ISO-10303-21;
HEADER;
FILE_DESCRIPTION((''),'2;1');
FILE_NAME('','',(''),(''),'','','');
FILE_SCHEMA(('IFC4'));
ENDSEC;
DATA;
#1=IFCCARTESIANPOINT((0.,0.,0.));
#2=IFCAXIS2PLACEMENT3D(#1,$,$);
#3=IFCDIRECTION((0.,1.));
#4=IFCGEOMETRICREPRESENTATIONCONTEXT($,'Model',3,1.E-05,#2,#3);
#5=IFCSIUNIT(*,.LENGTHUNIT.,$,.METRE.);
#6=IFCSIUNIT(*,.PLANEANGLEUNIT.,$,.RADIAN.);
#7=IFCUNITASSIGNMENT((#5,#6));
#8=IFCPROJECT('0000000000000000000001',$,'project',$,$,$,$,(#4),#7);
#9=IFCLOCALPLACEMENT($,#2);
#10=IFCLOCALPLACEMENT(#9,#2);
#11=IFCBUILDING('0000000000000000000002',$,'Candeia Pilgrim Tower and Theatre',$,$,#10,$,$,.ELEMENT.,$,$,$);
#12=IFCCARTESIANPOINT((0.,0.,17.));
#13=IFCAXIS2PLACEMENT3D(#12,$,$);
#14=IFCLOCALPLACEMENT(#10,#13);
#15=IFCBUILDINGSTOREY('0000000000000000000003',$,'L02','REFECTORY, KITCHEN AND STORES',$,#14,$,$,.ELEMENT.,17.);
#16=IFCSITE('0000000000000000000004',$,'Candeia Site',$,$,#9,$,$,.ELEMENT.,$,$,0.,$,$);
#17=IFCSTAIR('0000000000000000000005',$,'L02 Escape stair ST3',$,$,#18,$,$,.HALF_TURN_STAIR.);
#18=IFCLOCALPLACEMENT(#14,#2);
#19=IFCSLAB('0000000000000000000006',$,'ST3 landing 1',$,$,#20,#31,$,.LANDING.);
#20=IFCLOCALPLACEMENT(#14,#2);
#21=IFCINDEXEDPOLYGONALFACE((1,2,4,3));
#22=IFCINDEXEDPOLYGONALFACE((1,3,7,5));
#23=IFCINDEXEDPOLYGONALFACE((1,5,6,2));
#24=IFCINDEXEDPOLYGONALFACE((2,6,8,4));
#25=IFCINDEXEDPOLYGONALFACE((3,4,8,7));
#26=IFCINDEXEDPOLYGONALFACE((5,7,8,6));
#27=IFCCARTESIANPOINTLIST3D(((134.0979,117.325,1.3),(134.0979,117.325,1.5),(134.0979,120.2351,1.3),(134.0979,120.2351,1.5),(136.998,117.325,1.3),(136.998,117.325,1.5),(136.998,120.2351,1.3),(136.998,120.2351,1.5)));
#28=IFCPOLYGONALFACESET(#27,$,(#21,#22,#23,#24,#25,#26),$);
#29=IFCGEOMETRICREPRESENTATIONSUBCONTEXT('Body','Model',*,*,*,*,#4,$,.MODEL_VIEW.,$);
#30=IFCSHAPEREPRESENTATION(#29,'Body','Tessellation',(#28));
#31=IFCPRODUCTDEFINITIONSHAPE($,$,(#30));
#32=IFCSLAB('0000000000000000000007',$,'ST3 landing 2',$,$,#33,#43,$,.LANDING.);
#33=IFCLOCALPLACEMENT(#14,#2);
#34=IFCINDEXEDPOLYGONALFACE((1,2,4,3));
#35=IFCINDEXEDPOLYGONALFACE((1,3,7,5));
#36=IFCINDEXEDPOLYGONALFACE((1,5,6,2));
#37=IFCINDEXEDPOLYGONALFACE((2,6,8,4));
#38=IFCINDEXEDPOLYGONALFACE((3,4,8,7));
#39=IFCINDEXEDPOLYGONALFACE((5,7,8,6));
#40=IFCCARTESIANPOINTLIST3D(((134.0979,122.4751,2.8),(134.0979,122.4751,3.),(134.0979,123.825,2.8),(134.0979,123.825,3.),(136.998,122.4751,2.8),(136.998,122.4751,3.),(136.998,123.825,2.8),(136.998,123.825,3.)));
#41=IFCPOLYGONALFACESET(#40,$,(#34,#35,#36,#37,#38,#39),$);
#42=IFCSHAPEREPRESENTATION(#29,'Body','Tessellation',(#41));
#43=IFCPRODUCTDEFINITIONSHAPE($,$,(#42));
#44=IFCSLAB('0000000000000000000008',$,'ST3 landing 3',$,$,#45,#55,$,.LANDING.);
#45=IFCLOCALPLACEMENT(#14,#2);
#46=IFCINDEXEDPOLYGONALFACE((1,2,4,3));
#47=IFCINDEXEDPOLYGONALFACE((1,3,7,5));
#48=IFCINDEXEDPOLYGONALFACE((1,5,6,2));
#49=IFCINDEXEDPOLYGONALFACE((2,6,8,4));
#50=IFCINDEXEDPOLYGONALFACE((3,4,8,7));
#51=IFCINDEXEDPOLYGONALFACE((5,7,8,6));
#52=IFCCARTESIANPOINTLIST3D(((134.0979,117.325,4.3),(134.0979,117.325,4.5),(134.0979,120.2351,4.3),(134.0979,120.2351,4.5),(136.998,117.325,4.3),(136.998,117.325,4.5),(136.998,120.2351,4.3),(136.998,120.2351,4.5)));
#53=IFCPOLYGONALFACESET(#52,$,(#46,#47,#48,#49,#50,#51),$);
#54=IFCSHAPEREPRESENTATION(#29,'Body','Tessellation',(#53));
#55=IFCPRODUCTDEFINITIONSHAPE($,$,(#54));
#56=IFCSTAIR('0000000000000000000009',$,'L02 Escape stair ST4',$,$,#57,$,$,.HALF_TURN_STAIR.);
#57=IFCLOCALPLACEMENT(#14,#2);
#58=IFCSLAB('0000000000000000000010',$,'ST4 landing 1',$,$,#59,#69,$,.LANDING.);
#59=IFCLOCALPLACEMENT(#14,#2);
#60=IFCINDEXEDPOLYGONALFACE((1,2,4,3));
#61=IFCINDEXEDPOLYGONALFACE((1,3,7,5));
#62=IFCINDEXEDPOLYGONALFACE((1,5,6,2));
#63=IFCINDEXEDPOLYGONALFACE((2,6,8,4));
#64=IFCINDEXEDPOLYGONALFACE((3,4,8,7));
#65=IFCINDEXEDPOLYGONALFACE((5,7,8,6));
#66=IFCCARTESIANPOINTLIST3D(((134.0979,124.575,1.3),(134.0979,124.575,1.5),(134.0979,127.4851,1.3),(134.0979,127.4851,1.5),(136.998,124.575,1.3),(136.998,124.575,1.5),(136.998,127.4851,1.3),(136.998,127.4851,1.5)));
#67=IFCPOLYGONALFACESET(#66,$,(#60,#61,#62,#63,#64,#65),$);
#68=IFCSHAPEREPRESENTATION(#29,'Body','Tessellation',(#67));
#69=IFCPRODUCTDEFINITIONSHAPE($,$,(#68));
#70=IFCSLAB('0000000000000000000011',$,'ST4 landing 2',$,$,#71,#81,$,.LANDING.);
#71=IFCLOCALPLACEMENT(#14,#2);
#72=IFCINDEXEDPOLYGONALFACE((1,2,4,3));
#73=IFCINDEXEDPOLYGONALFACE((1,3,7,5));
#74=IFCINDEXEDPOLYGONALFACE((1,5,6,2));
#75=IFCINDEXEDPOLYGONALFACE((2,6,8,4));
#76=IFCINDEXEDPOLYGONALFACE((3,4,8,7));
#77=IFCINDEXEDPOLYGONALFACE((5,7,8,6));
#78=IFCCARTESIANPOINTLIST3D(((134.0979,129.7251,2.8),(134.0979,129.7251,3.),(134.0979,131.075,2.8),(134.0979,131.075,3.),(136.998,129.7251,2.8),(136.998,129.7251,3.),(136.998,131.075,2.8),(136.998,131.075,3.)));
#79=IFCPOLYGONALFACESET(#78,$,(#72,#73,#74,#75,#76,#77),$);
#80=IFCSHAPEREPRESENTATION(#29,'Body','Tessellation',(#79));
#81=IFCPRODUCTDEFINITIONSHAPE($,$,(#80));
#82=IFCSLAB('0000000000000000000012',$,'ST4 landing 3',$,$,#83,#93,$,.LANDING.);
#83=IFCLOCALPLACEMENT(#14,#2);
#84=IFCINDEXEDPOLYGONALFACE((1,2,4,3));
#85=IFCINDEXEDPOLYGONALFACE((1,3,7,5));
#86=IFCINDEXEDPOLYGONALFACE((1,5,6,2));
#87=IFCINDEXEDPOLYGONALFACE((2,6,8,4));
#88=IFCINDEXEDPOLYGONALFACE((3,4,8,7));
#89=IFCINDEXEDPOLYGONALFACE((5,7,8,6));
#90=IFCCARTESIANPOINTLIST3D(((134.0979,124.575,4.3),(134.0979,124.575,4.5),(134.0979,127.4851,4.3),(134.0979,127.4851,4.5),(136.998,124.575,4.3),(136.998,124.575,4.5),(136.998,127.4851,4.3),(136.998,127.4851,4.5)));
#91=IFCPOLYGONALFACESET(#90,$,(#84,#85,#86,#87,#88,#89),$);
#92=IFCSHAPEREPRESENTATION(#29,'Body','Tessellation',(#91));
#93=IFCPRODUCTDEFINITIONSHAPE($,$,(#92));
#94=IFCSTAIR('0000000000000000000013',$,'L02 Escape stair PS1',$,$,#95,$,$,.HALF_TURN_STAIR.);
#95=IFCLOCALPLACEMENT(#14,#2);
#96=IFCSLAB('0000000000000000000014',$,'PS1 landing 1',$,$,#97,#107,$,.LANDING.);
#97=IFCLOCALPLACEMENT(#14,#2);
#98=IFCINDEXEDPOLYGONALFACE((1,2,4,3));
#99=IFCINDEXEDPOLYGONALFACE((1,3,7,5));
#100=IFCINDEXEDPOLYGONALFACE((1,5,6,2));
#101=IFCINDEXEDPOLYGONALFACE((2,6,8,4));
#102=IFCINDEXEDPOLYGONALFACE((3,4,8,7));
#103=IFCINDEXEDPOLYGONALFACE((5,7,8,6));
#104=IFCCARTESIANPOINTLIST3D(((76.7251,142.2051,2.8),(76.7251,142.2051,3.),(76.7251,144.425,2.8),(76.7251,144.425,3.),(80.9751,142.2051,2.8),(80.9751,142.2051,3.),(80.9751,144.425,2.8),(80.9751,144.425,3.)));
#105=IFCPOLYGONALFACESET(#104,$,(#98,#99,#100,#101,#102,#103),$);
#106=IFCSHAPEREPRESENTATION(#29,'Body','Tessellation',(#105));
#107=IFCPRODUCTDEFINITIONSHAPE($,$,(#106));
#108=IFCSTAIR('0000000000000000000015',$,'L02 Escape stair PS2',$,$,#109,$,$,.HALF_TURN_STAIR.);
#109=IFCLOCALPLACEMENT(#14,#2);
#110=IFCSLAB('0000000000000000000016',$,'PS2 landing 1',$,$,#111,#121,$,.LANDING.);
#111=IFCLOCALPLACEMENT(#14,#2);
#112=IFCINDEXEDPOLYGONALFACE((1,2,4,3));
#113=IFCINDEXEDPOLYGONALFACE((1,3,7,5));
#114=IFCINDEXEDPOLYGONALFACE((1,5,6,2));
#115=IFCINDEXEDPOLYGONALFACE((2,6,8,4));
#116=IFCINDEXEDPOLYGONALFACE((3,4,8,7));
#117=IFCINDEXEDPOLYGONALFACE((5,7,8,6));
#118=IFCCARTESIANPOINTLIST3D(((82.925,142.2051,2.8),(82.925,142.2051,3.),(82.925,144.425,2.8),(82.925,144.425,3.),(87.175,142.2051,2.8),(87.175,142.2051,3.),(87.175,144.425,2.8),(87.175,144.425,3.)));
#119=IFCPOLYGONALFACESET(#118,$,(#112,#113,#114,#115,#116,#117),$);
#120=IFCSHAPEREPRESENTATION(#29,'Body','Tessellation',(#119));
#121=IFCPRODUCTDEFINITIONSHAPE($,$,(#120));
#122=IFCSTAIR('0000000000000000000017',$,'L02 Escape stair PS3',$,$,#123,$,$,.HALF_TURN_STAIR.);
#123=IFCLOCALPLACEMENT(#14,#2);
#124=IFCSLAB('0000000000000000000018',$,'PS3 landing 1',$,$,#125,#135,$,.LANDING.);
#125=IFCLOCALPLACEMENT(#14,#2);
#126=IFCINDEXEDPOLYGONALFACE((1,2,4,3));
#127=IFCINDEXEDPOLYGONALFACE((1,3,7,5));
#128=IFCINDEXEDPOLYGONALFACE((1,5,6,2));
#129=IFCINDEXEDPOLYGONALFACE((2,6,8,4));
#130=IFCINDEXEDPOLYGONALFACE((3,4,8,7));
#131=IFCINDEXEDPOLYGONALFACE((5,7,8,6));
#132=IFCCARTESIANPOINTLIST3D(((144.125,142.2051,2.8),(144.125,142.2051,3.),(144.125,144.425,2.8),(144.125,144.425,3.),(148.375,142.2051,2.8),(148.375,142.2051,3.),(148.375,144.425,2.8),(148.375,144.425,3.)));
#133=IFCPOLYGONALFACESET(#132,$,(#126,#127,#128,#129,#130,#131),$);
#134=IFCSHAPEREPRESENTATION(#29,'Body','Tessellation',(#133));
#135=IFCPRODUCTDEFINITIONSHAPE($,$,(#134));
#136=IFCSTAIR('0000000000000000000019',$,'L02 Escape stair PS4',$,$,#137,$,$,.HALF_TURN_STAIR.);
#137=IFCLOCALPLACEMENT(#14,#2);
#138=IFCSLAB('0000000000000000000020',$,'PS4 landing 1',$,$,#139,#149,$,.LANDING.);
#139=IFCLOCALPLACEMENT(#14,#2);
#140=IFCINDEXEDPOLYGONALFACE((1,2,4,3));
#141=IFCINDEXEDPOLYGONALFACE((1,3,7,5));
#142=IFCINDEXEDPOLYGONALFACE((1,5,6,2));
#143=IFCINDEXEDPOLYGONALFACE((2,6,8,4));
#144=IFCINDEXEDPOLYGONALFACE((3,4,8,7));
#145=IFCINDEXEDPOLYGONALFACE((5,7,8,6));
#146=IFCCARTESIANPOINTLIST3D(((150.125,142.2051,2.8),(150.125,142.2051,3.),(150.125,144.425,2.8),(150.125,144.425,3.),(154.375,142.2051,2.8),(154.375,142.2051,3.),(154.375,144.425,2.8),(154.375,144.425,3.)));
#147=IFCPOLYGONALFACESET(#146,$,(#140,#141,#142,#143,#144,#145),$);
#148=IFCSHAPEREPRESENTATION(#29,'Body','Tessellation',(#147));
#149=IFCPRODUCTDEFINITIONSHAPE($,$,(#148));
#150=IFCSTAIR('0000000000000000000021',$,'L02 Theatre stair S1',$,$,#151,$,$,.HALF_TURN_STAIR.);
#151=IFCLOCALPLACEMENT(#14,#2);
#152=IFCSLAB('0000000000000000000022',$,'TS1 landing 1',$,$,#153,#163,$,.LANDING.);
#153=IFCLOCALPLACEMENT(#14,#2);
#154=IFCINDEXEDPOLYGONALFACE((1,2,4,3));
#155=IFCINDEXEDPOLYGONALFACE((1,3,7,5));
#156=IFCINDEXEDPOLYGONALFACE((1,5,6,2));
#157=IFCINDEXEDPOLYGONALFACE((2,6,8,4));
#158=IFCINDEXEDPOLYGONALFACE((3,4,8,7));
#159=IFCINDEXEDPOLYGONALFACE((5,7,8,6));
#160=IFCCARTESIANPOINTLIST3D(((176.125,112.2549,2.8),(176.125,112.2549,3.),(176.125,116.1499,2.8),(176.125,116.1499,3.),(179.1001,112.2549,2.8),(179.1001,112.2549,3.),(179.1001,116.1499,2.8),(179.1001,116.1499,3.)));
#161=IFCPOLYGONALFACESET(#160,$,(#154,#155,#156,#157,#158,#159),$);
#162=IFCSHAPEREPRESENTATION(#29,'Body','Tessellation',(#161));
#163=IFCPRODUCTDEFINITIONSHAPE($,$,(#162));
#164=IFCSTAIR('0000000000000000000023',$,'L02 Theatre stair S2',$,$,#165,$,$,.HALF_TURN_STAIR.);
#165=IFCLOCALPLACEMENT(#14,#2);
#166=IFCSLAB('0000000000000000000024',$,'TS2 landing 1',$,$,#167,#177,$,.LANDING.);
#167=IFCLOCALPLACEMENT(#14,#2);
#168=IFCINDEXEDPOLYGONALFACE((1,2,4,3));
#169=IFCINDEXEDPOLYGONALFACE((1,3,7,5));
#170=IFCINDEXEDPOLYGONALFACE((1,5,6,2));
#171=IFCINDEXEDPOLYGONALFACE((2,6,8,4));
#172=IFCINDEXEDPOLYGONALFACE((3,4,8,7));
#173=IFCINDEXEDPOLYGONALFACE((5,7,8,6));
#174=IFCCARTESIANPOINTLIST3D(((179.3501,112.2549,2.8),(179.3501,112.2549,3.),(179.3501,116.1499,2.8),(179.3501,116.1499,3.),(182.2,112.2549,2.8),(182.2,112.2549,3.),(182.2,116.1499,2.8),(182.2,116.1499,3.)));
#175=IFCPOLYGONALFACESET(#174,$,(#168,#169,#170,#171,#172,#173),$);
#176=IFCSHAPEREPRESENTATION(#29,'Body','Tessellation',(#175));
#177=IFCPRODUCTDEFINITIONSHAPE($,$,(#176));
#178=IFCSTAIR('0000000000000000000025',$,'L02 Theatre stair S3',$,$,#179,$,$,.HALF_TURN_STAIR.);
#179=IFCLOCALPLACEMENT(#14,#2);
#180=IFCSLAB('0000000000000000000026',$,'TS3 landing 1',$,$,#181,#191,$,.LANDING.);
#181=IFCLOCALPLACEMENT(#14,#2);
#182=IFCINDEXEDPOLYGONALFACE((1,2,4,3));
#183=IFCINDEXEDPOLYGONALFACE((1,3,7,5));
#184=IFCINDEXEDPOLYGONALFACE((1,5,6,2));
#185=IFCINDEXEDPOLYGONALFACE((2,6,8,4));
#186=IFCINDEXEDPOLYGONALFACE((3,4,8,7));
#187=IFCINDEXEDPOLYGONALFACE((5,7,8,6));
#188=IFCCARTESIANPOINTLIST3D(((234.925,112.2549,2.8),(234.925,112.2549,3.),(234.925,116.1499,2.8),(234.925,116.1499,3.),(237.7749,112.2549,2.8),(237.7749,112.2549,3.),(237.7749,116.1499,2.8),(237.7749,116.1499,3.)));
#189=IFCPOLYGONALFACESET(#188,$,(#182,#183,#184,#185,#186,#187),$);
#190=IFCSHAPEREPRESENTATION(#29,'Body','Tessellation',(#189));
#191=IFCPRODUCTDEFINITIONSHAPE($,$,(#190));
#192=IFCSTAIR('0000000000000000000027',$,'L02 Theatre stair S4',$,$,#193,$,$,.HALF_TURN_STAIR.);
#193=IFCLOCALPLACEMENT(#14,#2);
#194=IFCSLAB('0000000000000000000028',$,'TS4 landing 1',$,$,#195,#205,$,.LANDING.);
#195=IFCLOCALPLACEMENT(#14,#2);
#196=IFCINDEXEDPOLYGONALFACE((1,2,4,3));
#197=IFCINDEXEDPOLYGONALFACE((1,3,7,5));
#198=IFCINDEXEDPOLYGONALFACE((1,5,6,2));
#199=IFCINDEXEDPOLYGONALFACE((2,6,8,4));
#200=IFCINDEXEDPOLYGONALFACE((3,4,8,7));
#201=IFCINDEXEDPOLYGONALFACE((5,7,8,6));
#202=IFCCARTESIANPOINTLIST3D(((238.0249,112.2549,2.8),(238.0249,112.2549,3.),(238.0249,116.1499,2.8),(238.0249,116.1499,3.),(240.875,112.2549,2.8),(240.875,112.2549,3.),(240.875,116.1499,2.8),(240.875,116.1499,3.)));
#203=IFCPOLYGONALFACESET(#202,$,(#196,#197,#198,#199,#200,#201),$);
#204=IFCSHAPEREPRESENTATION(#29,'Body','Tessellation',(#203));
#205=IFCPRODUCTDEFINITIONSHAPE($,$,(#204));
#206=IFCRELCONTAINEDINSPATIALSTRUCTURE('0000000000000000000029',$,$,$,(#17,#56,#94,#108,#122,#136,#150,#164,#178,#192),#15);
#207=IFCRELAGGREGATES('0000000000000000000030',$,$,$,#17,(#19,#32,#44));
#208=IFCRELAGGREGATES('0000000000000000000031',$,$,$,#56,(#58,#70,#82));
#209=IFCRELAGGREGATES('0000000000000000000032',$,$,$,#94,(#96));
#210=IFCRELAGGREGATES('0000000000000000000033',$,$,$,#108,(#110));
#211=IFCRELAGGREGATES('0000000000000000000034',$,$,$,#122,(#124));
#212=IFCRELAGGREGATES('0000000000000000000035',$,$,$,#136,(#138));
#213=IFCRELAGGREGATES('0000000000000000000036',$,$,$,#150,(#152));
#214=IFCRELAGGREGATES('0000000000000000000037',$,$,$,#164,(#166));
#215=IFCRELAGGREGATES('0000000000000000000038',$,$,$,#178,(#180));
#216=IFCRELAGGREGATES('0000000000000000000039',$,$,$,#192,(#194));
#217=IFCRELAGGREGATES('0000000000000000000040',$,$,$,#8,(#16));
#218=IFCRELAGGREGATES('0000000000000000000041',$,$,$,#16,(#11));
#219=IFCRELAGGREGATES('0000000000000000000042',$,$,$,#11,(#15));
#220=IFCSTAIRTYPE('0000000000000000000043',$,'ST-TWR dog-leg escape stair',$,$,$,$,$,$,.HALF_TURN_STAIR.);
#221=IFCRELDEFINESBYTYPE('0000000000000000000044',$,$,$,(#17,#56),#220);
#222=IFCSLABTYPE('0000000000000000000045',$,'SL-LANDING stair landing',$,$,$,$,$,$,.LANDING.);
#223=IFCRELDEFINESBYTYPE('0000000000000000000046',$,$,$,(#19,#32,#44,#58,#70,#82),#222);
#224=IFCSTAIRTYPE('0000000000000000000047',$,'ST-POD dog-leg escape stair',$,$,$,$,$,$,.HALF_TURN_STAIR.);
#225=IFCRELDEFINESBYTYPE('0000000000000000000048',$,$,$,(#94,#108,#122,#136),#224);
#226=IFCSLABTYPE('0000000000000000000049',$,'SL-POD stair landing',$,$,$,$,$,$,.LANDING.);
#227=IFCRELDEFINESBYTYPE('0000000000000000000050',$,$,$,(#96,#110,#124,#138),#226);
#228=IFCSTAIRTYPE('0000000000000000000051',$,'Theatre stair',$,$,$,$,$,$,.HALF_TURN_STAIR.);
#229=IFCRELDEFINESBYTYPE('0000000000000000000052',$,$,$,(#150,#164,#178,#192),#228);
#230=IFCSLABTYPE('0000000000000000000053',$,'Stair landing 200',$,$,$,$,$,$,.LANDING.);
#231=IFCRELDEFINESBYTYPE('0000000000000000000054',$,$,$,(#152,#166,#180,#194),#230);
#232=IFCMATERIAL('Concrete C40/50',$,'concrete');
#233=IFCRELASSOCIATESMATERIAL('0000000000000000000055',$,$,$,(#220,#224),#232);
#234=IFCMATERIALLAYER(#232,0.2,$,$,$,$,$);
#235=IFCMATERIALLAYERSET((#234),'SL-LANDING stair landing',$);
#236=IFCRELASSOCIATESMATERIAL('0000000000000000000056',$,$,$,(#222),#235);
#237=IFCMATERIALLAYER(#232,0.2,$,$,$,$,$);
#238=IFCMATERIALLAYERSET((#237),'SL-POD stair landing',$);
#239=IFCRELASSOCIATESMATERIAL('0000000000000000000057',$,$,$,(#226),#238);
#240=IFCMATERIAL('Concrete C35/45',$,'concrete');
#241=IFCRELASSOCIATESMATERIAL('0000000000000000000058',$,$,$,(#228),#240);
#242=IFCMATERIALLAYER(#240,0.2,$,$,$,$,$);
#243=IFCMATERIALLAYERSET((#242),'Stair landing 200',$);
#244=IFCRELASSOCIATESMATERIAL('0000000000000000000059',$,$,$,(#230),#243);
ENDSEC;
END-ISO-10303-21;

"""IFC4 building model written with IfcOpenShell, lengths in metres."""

from ifc_helpers import new_model, si_unit, direction, frame, origin, place, context, subcontext, project, spatial, polyline, outline, extrude, material, layer, layer_set, type_object, element, aggregate, save


model = new_model("IFC4")

# Units and contexts
model_context = context("Model", 3, precision=1e-05, world=origin(), true_north=direction((0.0, 1.0)))
body_context = subcontext(model_context, "Body", "Model", "MODEL_VIEW")
ifc_project = project(units=[si_unit("LENGTHUNIT", "METRE"), si_unit("PLANEANGLEUNIT", "RADIAN")], contexts=[model_context])

# Site, building, storey
site_placement = place(None, origin())
site = spatial("IfcSite", under=ifc_project, at=site_placement, Name="Candeia Site", CompositionType="ELEMENT", RefElevation=0.0)
building_placement = place(site_placement, origin())
building = spatial("IfcBuilding", under=site, at=building_placement, Name="Candeia Pilgrim Tower and Theatre", CompositionType="ELEMENT")
storey_placement = place(building_placement, frame((0.0, 0.0, 17.0)))
storey = spatial("IfcBuildingStorey", under=building, at=storey_placement, Name="L02", Description="REFECTORY, KITCHEN AND STORES", CompositionType="ELEMENT", Elevation=17.0)

# Shared definitions
ifc_material_1 = material(Name="Concrete C35/45", Category="concrete")
ifc_material_2 = material(Name="Concrete C40/50", Category="concrete")

# Stairs, slabs
stair_type_1 = type_object("IfcStairType", Name="ST-TWR dog-leg escape stair", PredefinedType="HALF_TURN_STAIR", material=ifc_material_2)
ifc_layer_1 = layer(ifc_material_2, 0.2)
ifc_layer_set_1 = layer_set([ifc_layer_1], Name="SL-LANDING stair landing")
slab_type_1 = type_object("IfcSlabType", Name="SL-LANDING stair landing", PredefinedType="LANDING", material=ifc_layer_set_1)
stair_1_placement = place(storey_placement, origin())
stair_1 = element("IfcStair", 1, at=stair_1_placement, inside=storey, type_object=stair_type_1, Name="L02 Escape stair ST3", PredefinedType="HALF_TURN_STAIR")
slab_1_placement = place(storey_placement, frame((0.0, 0.0, 1.3)))
slab_1 = element("IfcSlab", 2, at=slab_1_placement, type_object=slab_type_1, Name="ST3 landing 1", PredefinedType="LANDING", context=body_context, shape_type="SweptSolid", body=[
    extrude(outline(polyline([(134.0979, 120.2351), (134.0979, 117.325), (136.998, 117.325), (136.998, 120.2351), (134.0979, 120.2351)])), origin(), (0.0, 0.0, 1.0), 0.2),
])
slab_2_placement = place(storey_placement, frame((0.0, 0.0, 2.8)))
slab_2 = element("IfcSlab", 3, at=slab_2_placement, type_object=slab_type_1, Name="ST3 landing 2", PredefinedType="LANDING", context=body_context, shape_type="SweptSolid", body=[
    extrude(outline(polyline([(134.0979, 123.825), (134.0979, 122.4751), (136.998, 122.4751), (136.998, 123.825), (134.0979, 123.825)])), origin(), (0.0, 0.0, 1.0), 0.2),
])
slab_3_placement = place(storey_placement, frame((0.0, 0.0, 4.3)))
slab_3 = element("IfcSlab", 4, at=slab_3_placement, type_object=slab_type_1, Name="ST3 landing 3", PredefinedType="LANDING", context=body_context, shape_type="SweptSolid", body=[
    extrude(outline(polyline([(134.0979, 120.2351), (134.0979, 117.325), (136.998, 117.325), (136.998, 120.2351), (134.0979, 120.2351)])), origin(), (0.0, 0.0, 1.0), 0.2),
])
aggregate(stair_1, [slab_1, slab_2, slab_3])
stair_2_placement = place(storey_placement, origin())
stair_2 = element("IfcStair", 5, at=stair_2_placement, inside=storey, type_object=stair_type_1, Name="L02 Escape stair ST4", PredefinedType="HALF_TURN_STAIR")
slab_4_placement = place(storey_placement, frame((0.0, 0.0, 1.3)))
slab_4 = element("IfcSlab", 6, at=slab_4_placement, type_object=slab_type_1, Name="ST4 landing 1", PredefinedType="LANDING", context=body_context, shape_type="SweptSolid", body=[
    extrude(outline(polyline([(134.0979, 127.4851), (134.0979, 124.575), (136.998, 124.575), (136.998, 127.4851), (134.0979, 127.4851)])), origin(), (0.0, 0.0, 1.0), 0.2),
])
slab_5_placement = place(storey_placement, frame((0.0, 0.0, 2.8)))
slab_5 = element("IfcSlab", 7, at=slab_5_placement, type_object=slab_type_1, Name="ST4 landing 2", PredefinedType="LANDING", context=body_context, shape_type="SweptSolid", body=[
    extrude(outline(polyline([(134.0979, 131.075), (134.0979, 129.7251), (136.998, 129.7251), (136.998, 131.075), (134.0979, 131.075)])), origin(), (0.0, 0.0, 1.0), 0.2),
])
slab_6_placement = place(storey_placement, frame((0.0, 0.0, 4.3)))
slab_6 = element("IfcSlab", 8, at=slab_6_placement, type_object=slab_type_1, Name="ST4 landing 3", PredefinedType="LANDING", context=body_context, shape_type="SweptSolid", body=[
    extrude(outline(polyline([(134.0979, 127.4851), (134.0979, 124.575), (136.998, 124.575), (136.998, 127.4851), (134.0979, 127.4851)])), origin(), (0.0, 0.0, 1.0), 0.2),
])
aggregate(stair_2, [slab_4, slab_5, slab_6])

# Stairs, slabs
stair_type_2 = type_object("IfcStairType", Name="ST-POD dog-leg escape stair", PredefinedType="HALF_TURN_STAIR", material=ifc_material_2)
stair_3_placement = place(storey_placement, origin())
stair_3 = element("IfcStair", 9, at=stair_3_placement, inside=storey, type_object=stair_type_2, Name="L02 Escape stair PS1", PredefinedType="HALF_TURN_STAIR")
ifc_layer_2 = layer(ifc_material_2, 0.2)
ifc_layer_set_2 = layer_set([ifc_layer_2], Name="SL-POD stair landing")
slab_type_2 = type_object("IfcSlabType", Name="SL-POD stair landing", PredefinedType="LANDING", material=ifc_layer_set_2)
slab_7_placement = place(storey_placement, frame((0.0, 0.0, 2.8)))
slab_7 = element("IfcSlab", 10, at=slab_7_placement, type_object=slab_type_2, Name="PS1 landing 1", PredefinedType="LANDING", context=body_context, shape_type="SweptSolid", body=[
    extrude(outline(polyline([(80.9751, 142.2051), (80.9751, 144.425), (76.7251, 144.425), (76.7251, 142.2051), (80.9751, 142.2051)])), origin(), (0.0, 0.0, 1.0), 0.2),
])
aggregate(stair_3, [slab_7])
stair_4_placement = place(storey_placement, origin())
stair_4 = element("IfcStair", 11, at=stair_4_placement, inside=storey, type_object=stair_type_2, Name="L02 Escape stair PS2", PredefinedType="HALF_TURN_STAIR")
slab_8_placement = place(storey_placement, frame((0.0, 0.0, 2.8)))
slab_8 = element("IfcSlab", 12, at=slab_8_placement, type_object=slab_type_2, Name="PS2 landing 1", PredefinedType="LANDING", context=body_context, shape_type="SweptSolid", body=[
    extrude(outline(polyline([(87.175, 142.2051), (87.175, 144.425), (82.925, 144.425), (82.925, 142.2051), (87.175, 142.2051)])), origin(), (0.0, 0.0, 1.0), 0.2),
])
aggregate(stair_4, [slab_8])
stair_5_placement = place(storey_placement, origin())
stair_5 = element("IfcStair", 13, at=stair_5_placement, inside=storey, type_object=stair_type_2, Name="L02 Escape stair PS3", PredefinedType="HALF_TURN_STAIR")
slab_9_placement = place(storey_placement, frame((0.0, 0.0, 2.8)))
slab_9 = element("IfcSlab", 14, at=slab_9_placement, type_object=slab_type_2, Name="PS3 landing 1", PredefinedType="LANDING", context=body_context, shape_type="SweptSolid", body=[
    extrude(outline(polyline([(148.375, 142.2051), (148.375, 144.425), (144.125, 144.425), (144.125, 142.2051), (148.375, 142.2051)])), origin(), (0.0, 0.0, 1.0), 0.2),
])
aggregate(stair_5, [slab_9])
stair_6_placement = place(storey_placement, origin())
stair_6 = element("IfcStair", 15, at=stair_6_placement, inside=storey, type_object=stair_type_2, Name="L02 Escape stair PS4", PredefinedType="HALF_TURN_STAIR")
slab_10_placement = place(storey_placement, frame((0.0, 0.0, 2.8)))
slab_10 = element("IfcSlab", 16, at=slab_10_placement, type_object=slab_type_2, Name="PS4 landing 1", PredefinedType="LANDING", context=body_context, shape_type="SweptSolid", body=[
    extrude(outline(polyline([(154.375, 142.2051), (154.375, 144.425), (150.125, 144.425), (150.125, 142.2051), (154.375, 142.2051)])), origin(), (0.0, 0.0, 1.0), 0.2),
])
aggregate(stair_6, [slab_10])
stair_type_3 = type_object("IfcStairType", Name="Theatre stair", PredefinedType="HALF_TURN_STAIR", material=ifc_material_1)
stair_7_placement = place(storey_placement, origin())
stair_7 = element("IfcStair", 17, at=stair_7_placement, inside=storey, type_object=stair_type_3, Name="L02 Theatre stair S1", PredefinedType="HALF_TURN_STAIR")
ifc_layer_3 = layer(ifc_material_1, 0.2)
ifc_layer_set_3 = layer_set([ifc_layer_3], Name="Stair landing 200")
slab_type_3 = type_object("IfcSlabType", Name="Stair landing 200", PredefinedType="LANDING", material=ifc_layer_set_3)
slab_11_placement = place(storey_placement, frame((0.0, 0.0, 2.8)))
slab_11 = element("IfcSlab", 18, at=slab_11_placement, type_object=slab_type_3, Name="TS1 landing 1", PredefinedType="LANDING", context=body_context, shape_type="SweptSolid", body=[
    extrude(outline(polyline([(179.1001, 112.2549), (179.1001, 116.1499), (176.125, 116.1499), (176.125, 112.2549), (179.1001, 112.2549)])), origin(), (0.0, 0.0, 1.0), 0.2),
])
aggregate(stair_7, [slab_11])
stair_8_placement = place(storey_placement, origin())
stair_8 = element("IfcStair", 19, at=stair_8_placement, inside=storey, type_object=stair_type_3, Name="L02 Theatre stair S2", PredefinedType="HALF_TURN_STAIR")
slab_12_placement = place(storey_placement, frame((0.0, 0.0, 2.8)))
slab_12 = element("IfcSlab", 20, at=slab_12_placement, type_object=slab_type_3, Name="TS2 landing 1", PredefinedType="LANDING", context=body_context, shape_type="SweptSolid", body=[
    extrude(outline(polyline([(182.2, 112.2549), (182.2, 116.1499), (179.3501, 116.1499), (179.3501, 112.2549), (182.2, 112.2549)])), origin(), (0.0, 0.0, 1.0), 0.2),
])
aggregate(stair_8, [slab_12])
stair_9_placement = place(storey_placement, origin())
stair_9 = element("IfcStair", 21, at=stair_9_placement, inside=storey, type_object=stair_type_3, Name="L02 Theatre stair S3", PredefinedType="HALF_TURN_STAIR")
slab_13_placement = place(storey_placement, frame((0.0, 0.0, 2.8)))
slab_13 = element("IfcSlab", 22, at=slab_13_placement, type_object=slab_type_3, Name="TS3 landing 1", PredefinedType="LANDING", context=body_context, shape_type="SweptSolid", body=[
    extrude(outline(polyline([(237.7749, 112.2549), (237.7749, 116.1499), (234.925, 116.1499), (234.925, 112.2549), (237.7749, 112.2549)])), origin(), (0.0, 0.0, 1.0), 0.2),
])
aggregate(stair_9, [slab_13])
stair_10_placement = place(storey_placement, origin())
stair_10 = element("IfcStair", 23, at=stair_10_placement, inside=storey, type_object=stair_type_3, Name="L02 Theatre stair S4", PredefinedType="HALF_TURN_STAIR")
slab_14_placement = place(storey_placement, frame((0.0, 0.0, 2.8)))
slab_14 = element("IfcSlab", 24, at=slab_14_placement, type_object=slab_type_3, Name="TS4 landing 1", PredefinedType="LANDING", context=body_context, shape_type="SweptSolid", body=[
    extrude(outline(polyline([(240.875, 112.2549), (240.875, 116.1499), (238.0249, 116.1499), (238.0249, 112.2549), (240.875, 112.2549)])), origin(), (0.0, 0.0, 1.0), 0.2),
])
aggregate(stair_10, [slab_14])

save(model, "model.ifc")
